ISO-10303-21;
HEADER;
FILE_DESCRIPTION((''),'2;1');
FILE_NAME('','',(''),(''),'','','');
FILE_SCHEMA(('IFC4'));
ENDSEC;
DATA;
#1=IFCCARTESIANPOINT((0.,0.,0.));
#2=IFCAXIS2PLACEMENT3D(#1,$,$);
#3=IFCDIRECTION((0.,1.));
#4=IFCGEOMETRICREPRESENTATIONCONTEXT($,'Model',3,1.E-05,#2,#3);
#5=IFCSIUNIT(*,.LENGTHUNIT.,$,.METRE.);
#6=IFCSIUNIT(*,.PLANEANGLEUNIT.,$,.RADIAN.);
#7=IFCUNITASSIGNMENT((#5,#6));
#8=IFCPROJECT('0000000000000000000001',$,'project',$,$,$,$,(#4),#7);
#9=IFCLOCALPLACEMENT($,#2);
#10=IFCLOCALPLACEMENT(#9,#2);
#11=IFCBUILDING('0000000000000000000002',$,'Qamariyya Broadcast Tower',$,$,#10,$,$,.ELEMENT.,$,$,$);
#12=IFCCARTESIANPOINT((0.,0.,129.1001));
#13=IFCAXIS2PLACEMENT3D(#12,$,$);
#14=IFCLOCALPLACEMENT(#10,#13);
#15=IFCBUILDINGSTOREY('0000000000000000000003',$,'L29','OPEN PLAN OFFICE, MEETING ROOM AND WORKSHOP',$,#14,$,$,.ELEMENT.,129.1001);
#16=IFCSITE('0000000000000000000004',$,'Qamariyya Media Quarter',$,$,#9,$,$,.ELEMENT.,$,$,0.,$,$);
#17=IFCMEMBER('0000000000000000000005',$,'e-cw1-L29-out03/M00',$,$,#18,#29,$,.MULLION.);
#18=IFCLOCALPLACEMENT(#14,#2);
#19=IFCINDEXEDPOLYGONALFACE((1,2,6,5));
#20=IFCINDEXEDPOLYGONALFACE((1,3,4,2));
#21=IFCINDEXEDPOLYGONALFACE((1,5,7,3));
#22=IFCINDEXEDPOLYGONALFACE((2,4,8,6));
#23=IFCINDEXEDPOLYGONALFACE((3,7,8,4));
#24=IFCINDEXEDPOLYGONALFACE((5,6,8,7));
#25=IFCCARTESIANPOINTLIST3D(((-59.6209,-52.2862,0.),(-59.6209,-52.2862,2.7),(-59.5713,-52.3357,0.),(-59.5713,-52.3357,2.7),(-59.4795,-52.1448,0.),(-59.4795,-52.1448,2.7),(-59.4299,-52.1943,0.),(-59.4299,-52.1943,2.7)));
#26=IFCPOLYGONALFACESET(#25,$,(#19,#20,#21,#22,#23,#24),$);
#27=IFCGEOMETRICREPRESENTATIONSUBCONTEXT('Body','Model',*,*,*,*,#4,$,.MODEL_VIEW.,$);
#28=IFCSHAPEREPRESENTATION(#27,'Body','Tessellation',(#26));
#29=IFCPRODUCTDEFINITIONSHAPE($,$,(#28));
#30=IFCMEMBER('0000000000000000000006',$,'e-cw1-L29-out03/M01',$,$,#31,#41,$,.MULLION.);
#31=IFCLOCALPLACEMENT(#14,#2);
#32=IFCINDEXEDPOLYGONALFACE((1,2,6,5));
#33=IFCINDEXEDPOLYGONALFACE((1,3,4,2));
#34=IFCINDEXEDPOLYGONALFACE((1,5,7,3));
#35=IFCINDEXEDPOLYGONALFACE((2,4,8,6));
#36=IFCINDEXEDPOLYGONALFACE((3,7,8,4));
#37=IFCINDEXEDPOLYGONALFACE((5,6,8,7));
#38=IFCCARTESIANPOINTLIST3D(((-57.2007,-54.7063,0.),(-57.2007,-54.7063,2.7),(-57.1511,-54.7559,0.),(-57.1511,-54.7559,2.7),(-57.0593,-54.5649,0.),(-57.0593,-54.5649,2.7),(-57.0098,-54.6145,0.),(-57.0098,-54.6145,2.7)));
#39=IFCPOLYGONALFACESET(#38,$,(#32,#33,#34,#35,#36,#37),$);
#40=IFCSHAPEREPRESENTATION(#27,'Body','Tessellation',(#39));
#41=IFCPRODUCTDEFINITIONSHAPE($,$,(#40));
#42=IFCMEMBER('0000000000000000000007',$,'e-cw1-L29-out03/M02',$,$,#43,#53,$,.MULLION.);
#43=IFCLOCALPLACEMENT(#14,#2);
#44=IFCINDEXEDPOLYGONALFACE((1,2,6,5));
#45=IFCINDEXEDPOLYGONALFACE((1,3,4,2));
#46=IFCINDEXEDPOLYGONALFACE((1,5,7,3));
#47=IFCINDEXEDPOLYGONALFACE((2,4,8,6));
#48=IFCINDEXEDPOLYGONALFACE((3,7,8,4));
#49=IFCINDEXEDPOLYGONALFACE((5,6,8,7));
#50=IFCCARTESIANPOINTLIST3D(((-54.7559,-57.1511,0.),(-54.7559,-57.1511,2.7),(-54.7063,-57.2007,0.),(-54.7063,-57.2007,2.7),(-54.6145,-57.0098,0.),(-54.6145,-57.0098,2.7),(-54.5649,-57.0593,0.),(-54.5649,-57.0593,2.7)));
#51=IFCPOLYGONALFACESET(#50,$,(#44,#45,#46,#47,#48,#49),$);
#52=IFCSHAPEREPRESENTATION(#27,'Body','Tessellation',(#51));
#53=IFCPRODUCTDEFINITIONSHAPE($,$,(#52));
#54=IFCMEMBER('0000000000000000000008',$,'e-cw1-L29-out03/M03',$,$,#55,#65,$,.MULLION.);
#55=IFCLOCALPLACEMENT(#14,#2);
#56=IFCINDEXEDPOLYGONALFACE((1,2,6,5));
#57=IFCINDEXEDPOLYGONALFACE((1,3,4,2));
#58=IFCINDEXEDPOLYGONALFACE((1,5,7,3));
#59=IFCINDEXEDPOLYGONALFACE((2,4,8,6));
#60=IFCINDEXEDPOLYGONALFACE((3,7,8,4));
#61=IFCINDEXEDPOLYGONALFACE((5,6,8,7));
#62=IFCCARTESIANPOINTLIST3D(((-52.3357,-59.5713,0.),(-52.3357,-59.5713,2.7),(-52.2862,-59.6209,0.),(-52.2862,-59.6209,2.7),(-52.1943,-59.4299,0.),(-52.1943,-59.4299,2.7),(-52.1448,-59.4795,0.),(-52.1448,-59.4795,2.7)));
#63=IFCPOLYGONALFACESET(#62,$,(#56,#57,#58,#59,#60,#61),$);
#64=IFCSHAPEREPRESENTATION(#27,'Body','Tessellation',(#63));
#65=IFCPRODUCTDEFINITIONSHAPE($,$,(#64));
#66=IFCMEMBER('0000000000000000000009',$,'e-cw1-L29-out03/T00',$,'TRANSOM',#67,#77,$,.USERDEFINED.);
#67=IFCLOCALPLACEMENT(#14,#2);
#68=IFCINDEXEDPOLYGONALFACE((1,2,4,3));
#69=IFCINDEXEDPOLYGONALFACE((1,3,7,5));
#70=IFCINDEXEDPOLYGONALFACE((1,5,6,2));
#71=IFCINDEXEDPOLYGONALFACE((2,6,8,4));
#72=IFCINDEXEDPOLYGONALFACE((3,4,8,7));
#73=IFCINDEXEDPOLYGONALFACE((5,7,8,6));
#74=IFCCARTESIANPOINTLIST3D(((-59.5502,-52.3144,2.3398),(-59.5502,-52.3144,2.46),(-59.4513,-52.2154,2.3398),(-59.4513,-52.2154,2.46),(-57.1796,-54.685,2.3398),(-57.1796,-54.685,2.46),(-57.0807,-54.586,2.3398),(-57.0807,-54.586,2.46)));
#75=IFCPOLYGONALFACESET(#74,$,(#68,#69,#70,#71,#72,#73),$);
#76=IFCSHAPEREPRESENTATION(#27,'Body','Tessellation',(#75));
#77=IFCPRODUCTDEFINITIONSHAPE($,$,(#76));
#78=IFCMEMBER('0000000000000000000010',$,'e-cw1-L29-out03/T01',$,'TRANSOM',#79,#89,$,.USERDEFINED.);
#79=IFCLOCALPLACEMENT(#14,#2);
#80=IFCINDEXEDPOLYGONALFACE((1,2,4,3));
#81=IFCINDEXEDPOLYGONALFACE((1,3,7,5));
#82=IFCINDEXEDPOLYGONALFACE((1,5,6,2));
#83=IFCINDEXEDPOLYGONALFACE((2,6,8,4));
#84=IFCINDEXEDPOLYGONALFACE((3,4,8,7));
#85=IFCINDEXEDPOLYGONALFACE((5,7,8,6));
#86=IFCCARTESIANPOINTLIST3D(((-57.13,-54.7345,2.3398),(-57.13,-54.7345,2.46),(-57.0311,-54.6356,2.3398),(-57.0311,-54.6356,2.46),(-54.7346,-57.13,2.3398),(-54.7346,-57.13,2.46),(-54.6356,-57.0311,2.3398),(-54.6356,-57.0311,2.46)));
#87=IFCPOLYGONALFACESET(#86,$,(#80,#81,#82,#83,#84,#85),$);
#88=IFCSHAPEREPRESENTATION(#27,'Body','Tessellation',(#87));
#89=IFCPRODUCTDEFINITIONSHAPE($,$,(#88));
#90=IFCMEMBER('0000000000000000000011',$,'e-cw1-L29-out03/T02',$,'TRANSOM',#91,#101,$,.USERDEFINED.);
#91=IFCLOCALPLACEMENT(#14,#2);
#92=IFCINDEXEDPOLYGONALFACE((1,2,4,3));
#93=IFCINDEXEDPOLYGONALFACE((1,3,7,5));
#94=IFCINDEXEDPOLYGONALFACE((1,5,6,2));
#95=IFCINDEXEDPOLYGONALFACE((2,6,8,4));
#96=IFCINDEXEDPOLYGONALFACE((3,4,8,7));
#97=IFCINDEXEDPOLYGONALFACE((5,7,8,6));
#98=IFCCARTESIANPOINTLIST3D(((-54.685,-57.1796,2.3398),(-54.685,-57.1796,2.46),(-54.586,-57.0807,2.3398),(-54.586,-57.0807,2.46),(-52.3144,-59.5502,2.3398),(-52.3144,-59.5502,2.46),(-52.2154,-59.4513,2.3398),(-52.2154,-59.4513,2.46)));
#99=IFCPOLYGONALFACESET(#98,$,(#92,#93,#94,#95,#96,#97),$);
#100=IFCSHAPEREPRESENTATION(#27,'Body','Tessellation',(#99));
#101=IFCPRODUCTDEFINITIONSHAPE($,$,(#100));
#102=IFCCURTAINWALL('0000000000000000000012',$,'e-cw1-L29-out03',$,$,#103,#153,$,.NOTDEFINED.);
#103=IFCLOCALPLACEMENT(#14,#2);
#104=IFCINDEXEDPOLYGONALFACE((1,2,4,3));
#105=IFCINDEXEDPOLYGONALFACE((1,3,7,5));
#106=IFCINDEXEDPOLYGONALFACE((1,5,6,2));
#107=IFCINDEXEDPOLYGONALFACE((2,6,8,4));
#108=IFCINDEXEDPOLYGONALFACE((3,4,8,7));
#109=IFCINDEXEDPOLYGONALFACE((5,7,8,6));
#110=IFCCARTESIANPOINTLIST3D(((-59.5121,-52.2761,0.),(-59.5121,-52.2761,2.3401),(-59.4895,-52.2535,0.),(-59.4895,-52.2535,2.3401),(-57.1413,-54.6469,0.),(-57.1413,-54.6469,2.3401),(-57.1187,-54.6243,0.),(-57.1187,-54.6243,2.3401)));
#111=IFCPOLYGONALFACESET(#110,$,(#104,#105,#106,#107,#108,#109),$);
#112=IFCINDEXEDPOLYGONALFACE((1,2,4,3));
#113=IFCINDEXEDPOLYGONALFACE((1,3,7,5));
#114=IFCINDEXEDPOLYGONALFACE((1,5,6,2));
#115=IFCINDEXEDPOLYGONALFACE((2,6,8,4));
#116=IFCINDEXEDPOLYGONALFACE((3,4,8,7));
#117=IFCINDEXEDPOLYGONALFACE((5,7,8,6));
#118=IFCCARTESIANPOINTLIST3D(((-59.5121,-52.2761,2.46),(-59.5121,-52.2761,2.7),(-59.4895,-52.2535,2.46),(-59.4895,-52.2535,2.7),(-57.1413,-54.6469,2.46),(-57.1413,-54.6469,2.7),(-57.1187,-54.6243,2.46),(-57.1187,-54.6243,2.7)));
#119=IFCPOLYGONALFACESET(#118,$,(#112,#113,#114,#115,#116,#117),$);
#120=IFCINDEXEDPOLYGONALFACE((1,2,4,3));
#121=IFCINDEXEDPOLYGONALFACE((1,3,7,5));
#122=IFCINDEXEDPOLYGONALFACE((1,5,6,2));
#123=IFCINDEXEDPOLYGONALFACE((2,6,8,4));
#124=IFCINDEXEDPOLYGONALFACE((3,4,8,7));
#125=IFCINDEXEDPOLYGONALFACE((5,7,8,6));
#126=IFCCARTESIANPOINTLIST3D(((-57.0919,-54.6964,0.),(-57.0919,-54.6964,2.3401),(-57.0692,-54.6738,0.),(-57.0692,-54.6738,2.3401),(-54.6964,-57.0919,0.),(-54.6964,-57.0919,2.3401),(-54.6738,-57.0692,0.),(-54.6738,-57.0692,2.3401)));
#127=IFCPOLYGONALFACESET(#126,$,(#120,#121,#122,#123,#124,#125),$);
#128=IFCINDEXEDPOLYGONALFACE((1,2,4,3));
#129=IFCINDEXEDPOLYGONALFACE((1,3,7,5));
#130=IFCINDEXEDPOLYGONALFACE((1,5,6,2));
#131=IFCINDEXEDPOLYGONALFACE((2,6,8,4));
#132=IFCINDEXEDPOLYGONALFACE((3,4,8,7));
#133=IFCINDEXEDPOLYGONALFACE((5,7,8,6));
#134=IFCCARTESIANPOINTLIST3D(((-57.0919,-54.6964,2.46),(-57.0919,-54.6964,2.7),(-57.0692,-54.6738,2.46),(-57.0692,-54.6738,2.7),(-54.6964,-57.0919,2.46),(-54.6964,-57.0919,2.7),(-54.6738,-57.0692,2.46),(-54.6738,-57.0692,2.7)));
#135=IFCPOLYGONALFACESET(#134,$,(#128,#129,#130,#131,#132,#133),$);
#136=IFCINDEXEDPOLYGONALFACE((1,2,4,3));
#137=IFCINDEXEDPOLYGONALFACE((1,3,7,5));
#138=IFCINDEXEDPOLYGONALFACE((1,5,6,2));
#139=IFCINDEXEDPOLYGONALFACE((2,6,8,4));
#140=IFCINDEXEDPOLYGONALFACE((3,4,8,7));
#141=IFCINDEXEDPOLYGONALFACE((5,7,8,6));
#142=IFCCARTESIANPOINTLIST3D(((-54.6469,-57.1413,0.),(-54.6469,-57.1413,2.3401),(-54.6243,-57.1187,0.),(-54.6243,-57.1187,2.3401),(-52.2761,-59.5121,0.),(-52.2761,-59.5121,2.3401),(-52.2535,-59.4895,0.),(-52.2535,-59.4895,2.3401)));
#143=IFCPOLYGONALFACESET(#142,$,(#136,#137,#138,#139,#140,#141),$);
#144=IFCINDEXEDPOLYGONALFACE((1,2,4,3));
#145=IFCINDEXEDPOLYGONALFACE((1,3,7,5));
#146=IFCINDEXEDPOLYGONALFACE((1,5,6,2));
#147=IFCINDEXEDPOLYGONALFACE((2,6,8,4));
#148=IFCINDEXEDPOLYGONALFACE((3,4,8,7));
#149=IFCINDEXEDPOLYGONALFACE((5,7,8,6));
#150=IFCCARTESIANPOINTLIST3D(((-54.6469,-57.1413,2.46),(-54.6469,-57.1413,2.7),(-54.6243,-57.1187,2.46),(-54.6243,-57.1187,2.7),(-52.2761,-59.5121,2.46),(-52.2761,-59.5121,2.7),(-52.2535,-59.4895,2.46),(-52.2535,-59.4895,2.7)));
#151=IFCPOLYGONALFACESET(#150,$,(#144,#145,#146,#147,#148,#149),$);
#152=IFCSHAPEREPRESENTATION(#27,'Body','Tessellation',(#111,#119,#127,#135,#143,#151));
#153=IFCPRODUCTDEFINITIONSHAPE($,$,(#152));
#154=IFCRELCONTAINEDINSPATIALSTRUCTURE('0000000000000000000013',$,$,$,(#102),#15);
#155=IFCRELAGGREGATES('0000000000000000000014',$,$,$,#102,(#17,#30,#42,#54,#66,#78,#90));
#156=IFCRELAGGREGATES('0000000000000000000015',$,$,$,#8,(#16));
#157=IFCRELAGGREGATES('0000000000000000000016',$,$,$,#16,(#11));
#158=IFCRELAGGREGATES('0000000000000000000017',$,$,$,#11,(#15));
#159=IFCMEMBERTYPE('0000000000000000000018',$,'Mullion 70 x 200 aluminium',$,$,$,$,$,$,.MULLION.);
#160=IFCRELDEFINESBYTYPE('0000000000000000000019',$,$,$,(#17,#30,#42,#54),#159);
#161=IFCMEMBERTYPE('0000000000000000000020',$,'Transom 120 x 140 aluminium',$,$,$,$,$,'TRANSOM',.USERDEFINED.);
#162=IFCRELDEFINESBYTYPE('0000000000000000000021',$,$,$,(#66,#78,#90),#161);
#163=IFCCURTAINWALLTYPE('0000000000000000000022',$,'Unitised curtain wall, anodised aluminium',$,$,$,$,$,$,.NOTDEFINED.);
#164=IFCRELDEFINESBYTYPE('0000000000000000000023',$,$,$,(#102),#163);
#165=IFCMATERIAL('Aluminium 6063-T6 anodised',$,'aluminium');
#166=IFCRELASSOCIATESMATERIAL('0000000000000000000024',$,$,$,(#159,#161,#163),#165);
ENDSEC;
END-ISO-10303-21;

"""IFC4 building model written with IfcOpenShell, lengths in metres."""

from ifc_helpers import new_model, si_unit, direction, frame, origin, origin_2d, place, context, subcontext, project, spatial, rectangle, extrude, material, material_profile, profile_set, type_object, element, aggregate, save


model = new_model("IFC4")

# Units and contexts
model_context = context("Model", 3, precision=1e-05, world=origin(), true_north=direction((0.0, 1.0)))
body_context = subcontext(model_context, "Body", "Model", "MODEL_VIEW")
ifc_project = project(units=[si_unit("LENGTHUNIT", "METRE"), si_unit("PLANEANGLEUNIT", "RADIAN")], contexts=[model_context])

# Members
ifc_material = material(Name="Aluminium 6063-T6 anodised", Category="aluminium")
ifc_material_profile_1 = material_profile(ifc_material, rectangle(XDim=0.2, YDim=0.0701, at=origin_2d()))
ifc_profile_set_1 = profile_set([ifc_material_profile_1], Name="Aluminium 6063-T6 anodised")
member_type_1 = type_object("IfcMemberType", Name="Mullion 70 x 200 aluminium", PredefinedType="MULLION", material=ifc_profile_set_1)
site_placement = place(None, origin())
building_placement = place(site_placement, origin())
storey_placement = place(building_placement, frame((0.0, 0.0, 129.1001)))
member_1_placement = place(storey_placement, frame((-59.5254, -52.2402, 0.0), z_axis=(0.0, 0.0, 1.0), x_axis=(0.707107, 0.707107, 0.0)))
member_1 = element("IfcMember", 1, at=member_1_placement, type_object=member_type_1, Name="e-cw1-L29-out03/M00", PredefinedType="MULLION", context=body_context, shape_type="SweptSolid", body=[
    extrude(rectangle(XDim=0.2, YDim=0.0701, at=origin_2d()), origin(), (0.0, 0.0, 1.0), 2.7),
])
member_2_placement = place(storey_placement, frame((-57.1052, -54.6604, 0.0), z_axis=(0.0, 0.0, 1.0), x_axis=(0.707107, 0.707107, 0.0)))
member_2 = element("IfcMember", 2, at=member_2_placement, type_object=member_type_1, Name="e-cw1-L29-out03/M01", PredefinedType="MULLION", context=body_context, shape_type="SweptSolid", body=[
    extrude(rectangle(XDim=0.2, YDim=0.0701, at=origin_2d()), origin(), (0.0, 0.0, 1.0), 2.7),
])
member_3_placement = place(storey_placement, frame((-54.6604, -57.1052, 0.0), z_axis=(0.0, 0.0, 1.0), x_axis=(0.707107, 0.707107, 0.0)))
member_3 = element("IfcMember", 3, at=member_3_placement, type_object=member_type_1, Name="e-cw1-L29-out03/M02", PredefinedType="MULLION", context=body_context, shape_type="SweptSolid", body=[
    extrude(rectangle(XDim=0.2, YDim=0.0701, at=origin_2d()), origin(), (0.0, 0.0, 1.0), 2.7),
])
member_4_placement = place(storey_placement, frame((-52.2402, -59.5254, 0.0), z_axis=(0.0, 0.0, 1.0), x_axis=(0.707107, 0.707107, 0.0)))
member_4 = element("IfcMember", 4, at=member_4_placement, type_object=member_type_1, Name="e-cw1-L29-out03/M03", PredefinedType="MULLION", context=body_context, shape_type="SweptSolid", body=[
    extrude(rectangle(XDim=0.2, YDim=0.0701, at=origin_2d()), origin(), (0.0, 0.0, 1.0), 2.7),
])
ifc_material_profile_2 = material_profile(ifc_material, rectangle(XDim=0.1399, YDim=0.1201, at=origin_2d()))
ifc_profile_set_2 = profile_set([ifc_material_profile_2], Name="Aluminium 6063-T6 anodised")
member_type_2 = type_object("IfcMemberType", Name="Transom 120 x 140 aluminium", ElementType="TRANSOM", PredefinedType="USERDEFINED", material=ifc_profile_set_2)
member_5_placement = place(storey_placement, frame((-59.5007, -52.2649, 2.3999), z_axis=(0.707107, -0.707107, 0.0), x_axis=(0.707107, 0.707107, 0.0)))
member_5 = element("IfcMember", 5, at=member_5_placement, type_object=member_type_2, Name="e-cw1-L29-out03/T00", ObjectType="TRANSOM", PredefinedType="USERDEFINED", context=body_context, shape_type="SweptSolid", body=[
    extrude(rectangle(XDim=0.1399, YDim=0.1201, at=origin_2d()), origin(), (0.0, 0.0, 1.0), 3.3525),
])
member_6_placement = place(storey_placement, frame((-57.0806, -54.6851, 2.3999), z_axis=(0.707107, -0.707107, 0.0), x_axis=(0.707107, 0.707107, 0.0)))
member_6 = element("IfcMember", 6, at=member_6_placement, type_object=member_type_2, Name="e-cw1-L29-out03/T01", ObjectType="TRANSOM", PredefinedType="USERDEFINED", context=body_context, shape_type="SweptSolid", body=[
    extrude(rectangle(XDim=0.1399, YDim=0.1201, at=origin_2d()), origin(), (0.0, 0.0, 1.0), 3.3877),
])
member_7_placement = place(storey_placement, frame((-54.6355, -57.1301, 2.3999), z_axis=(0.707107, -0.707107, 0.0), x_axis=(0.707107, 0.707107, 0.0)))
member_7 = element("IfcMember", 7, at=member_7_placement, type_object=member_type_2, Name="e-cw1-L29-out03/T02", ObjectType="TRANSOM", PredefinedType="USERDEFINED", context=body_context, shape_type="SweptSolid", body=[
    extrude(rectangle(XDim=0.1399, YDim=0.1201, at=origin_2d()), origin(), (0.0, 0.0, 1.0), 3.3525),
])

# Site, building, storey
site = spatial("IfcSite", under=ifc_project, at=site_placement, Name="Qamariyya Media Quarter", CompositionType="ELEMENT", RefElevation=0.0)
building = spatial("IfcBuilding", under=site, at=building_placement, Name="Qamariyya Broadcast Tower", CompositionType="ELEMENT")
storey = spatial("IfcBuildingStorey", under=building, at=storey_placement, Name="L29", Description="OPEN PLAN OFFICE, MEETING ROOM AND WORKSHOP", CompositionType="ELEMENT", Elevation=129.1001)

# Curtain wall
curtain_wall_type = type_object("IfcCurtainWallType", Name="Unitised curtain wall, anodised aluminium", PredefinedType="NOTDEFINED", material=ifc_material)
curtain_wall_1_placement = place(storey_placement, origin())
curtain_wall_1 = element("IfcCurtainWall", 8, at=curtain_wall_1_placement, inside=storey, type_object=curtain_wall_type, Name="e-cw1-L29-out03", PredefinedType="NOTDEFINED", context=body_context, shape_type="SweptSolid", body=[
    extrude(rectangle(XDim=3.3528, YDim=0.032, at=origin_2d()), frame((-58.3154, -53.4502, 0.0), x_axis=(0.707107, -0.707107, 0.0)), (0.0, 0.0, 1.0), 2.3401),
    extrude(rectangle(XDim=3.3528, YDim=0.032, at=origin_2d()), frame((-58.3154, -53.4502, 2.46), x_axis=(0.707107, -0.707107, 0.0)), (0.0, 0.0, 1.0), 0.24),
    extrude(rectangle(XDim=3.3877, YDim=0.032, at=origin_2d()), frame((-55.8828, -55.8828, 0.0), x_axis=(0.707107, -0.707107, 0.0)), (0.0, 0.0, 1.0), 2.3401),
    extrude(rectangle(XDim=3.3877, YDim=0.032, at=origin_2d()), frame((-55.8828, -55.8828, 2.46), x_axis=(0.707107, -0.707107, 0.0)), (0.0, 0.0, 1.0), 0.24),
    extrude(rectangle(XDim=3.3528, YDim=0.032, at=origin_2d()), frame((-53.4502, -58.3154, 0.0), x_axis=(0.707107, -0.707107, 0.0)), (0.0, 0.0, 1.0), 2.3401),
    extrude(rectangle(XDim=3.3528, YDim=0.032, at=origin_2d()), frame((-53.4502, -58.3154, 2.46), x_axis=(0.707107, -0.707107, 0.0)), (0.0, 0.0, 1.0), 0.24),
])
aggregate(curtain_wall_1, [member_1, member_2, member_3, member_4, member_5, member_6, member_7])

save(model, "model.ifc")
